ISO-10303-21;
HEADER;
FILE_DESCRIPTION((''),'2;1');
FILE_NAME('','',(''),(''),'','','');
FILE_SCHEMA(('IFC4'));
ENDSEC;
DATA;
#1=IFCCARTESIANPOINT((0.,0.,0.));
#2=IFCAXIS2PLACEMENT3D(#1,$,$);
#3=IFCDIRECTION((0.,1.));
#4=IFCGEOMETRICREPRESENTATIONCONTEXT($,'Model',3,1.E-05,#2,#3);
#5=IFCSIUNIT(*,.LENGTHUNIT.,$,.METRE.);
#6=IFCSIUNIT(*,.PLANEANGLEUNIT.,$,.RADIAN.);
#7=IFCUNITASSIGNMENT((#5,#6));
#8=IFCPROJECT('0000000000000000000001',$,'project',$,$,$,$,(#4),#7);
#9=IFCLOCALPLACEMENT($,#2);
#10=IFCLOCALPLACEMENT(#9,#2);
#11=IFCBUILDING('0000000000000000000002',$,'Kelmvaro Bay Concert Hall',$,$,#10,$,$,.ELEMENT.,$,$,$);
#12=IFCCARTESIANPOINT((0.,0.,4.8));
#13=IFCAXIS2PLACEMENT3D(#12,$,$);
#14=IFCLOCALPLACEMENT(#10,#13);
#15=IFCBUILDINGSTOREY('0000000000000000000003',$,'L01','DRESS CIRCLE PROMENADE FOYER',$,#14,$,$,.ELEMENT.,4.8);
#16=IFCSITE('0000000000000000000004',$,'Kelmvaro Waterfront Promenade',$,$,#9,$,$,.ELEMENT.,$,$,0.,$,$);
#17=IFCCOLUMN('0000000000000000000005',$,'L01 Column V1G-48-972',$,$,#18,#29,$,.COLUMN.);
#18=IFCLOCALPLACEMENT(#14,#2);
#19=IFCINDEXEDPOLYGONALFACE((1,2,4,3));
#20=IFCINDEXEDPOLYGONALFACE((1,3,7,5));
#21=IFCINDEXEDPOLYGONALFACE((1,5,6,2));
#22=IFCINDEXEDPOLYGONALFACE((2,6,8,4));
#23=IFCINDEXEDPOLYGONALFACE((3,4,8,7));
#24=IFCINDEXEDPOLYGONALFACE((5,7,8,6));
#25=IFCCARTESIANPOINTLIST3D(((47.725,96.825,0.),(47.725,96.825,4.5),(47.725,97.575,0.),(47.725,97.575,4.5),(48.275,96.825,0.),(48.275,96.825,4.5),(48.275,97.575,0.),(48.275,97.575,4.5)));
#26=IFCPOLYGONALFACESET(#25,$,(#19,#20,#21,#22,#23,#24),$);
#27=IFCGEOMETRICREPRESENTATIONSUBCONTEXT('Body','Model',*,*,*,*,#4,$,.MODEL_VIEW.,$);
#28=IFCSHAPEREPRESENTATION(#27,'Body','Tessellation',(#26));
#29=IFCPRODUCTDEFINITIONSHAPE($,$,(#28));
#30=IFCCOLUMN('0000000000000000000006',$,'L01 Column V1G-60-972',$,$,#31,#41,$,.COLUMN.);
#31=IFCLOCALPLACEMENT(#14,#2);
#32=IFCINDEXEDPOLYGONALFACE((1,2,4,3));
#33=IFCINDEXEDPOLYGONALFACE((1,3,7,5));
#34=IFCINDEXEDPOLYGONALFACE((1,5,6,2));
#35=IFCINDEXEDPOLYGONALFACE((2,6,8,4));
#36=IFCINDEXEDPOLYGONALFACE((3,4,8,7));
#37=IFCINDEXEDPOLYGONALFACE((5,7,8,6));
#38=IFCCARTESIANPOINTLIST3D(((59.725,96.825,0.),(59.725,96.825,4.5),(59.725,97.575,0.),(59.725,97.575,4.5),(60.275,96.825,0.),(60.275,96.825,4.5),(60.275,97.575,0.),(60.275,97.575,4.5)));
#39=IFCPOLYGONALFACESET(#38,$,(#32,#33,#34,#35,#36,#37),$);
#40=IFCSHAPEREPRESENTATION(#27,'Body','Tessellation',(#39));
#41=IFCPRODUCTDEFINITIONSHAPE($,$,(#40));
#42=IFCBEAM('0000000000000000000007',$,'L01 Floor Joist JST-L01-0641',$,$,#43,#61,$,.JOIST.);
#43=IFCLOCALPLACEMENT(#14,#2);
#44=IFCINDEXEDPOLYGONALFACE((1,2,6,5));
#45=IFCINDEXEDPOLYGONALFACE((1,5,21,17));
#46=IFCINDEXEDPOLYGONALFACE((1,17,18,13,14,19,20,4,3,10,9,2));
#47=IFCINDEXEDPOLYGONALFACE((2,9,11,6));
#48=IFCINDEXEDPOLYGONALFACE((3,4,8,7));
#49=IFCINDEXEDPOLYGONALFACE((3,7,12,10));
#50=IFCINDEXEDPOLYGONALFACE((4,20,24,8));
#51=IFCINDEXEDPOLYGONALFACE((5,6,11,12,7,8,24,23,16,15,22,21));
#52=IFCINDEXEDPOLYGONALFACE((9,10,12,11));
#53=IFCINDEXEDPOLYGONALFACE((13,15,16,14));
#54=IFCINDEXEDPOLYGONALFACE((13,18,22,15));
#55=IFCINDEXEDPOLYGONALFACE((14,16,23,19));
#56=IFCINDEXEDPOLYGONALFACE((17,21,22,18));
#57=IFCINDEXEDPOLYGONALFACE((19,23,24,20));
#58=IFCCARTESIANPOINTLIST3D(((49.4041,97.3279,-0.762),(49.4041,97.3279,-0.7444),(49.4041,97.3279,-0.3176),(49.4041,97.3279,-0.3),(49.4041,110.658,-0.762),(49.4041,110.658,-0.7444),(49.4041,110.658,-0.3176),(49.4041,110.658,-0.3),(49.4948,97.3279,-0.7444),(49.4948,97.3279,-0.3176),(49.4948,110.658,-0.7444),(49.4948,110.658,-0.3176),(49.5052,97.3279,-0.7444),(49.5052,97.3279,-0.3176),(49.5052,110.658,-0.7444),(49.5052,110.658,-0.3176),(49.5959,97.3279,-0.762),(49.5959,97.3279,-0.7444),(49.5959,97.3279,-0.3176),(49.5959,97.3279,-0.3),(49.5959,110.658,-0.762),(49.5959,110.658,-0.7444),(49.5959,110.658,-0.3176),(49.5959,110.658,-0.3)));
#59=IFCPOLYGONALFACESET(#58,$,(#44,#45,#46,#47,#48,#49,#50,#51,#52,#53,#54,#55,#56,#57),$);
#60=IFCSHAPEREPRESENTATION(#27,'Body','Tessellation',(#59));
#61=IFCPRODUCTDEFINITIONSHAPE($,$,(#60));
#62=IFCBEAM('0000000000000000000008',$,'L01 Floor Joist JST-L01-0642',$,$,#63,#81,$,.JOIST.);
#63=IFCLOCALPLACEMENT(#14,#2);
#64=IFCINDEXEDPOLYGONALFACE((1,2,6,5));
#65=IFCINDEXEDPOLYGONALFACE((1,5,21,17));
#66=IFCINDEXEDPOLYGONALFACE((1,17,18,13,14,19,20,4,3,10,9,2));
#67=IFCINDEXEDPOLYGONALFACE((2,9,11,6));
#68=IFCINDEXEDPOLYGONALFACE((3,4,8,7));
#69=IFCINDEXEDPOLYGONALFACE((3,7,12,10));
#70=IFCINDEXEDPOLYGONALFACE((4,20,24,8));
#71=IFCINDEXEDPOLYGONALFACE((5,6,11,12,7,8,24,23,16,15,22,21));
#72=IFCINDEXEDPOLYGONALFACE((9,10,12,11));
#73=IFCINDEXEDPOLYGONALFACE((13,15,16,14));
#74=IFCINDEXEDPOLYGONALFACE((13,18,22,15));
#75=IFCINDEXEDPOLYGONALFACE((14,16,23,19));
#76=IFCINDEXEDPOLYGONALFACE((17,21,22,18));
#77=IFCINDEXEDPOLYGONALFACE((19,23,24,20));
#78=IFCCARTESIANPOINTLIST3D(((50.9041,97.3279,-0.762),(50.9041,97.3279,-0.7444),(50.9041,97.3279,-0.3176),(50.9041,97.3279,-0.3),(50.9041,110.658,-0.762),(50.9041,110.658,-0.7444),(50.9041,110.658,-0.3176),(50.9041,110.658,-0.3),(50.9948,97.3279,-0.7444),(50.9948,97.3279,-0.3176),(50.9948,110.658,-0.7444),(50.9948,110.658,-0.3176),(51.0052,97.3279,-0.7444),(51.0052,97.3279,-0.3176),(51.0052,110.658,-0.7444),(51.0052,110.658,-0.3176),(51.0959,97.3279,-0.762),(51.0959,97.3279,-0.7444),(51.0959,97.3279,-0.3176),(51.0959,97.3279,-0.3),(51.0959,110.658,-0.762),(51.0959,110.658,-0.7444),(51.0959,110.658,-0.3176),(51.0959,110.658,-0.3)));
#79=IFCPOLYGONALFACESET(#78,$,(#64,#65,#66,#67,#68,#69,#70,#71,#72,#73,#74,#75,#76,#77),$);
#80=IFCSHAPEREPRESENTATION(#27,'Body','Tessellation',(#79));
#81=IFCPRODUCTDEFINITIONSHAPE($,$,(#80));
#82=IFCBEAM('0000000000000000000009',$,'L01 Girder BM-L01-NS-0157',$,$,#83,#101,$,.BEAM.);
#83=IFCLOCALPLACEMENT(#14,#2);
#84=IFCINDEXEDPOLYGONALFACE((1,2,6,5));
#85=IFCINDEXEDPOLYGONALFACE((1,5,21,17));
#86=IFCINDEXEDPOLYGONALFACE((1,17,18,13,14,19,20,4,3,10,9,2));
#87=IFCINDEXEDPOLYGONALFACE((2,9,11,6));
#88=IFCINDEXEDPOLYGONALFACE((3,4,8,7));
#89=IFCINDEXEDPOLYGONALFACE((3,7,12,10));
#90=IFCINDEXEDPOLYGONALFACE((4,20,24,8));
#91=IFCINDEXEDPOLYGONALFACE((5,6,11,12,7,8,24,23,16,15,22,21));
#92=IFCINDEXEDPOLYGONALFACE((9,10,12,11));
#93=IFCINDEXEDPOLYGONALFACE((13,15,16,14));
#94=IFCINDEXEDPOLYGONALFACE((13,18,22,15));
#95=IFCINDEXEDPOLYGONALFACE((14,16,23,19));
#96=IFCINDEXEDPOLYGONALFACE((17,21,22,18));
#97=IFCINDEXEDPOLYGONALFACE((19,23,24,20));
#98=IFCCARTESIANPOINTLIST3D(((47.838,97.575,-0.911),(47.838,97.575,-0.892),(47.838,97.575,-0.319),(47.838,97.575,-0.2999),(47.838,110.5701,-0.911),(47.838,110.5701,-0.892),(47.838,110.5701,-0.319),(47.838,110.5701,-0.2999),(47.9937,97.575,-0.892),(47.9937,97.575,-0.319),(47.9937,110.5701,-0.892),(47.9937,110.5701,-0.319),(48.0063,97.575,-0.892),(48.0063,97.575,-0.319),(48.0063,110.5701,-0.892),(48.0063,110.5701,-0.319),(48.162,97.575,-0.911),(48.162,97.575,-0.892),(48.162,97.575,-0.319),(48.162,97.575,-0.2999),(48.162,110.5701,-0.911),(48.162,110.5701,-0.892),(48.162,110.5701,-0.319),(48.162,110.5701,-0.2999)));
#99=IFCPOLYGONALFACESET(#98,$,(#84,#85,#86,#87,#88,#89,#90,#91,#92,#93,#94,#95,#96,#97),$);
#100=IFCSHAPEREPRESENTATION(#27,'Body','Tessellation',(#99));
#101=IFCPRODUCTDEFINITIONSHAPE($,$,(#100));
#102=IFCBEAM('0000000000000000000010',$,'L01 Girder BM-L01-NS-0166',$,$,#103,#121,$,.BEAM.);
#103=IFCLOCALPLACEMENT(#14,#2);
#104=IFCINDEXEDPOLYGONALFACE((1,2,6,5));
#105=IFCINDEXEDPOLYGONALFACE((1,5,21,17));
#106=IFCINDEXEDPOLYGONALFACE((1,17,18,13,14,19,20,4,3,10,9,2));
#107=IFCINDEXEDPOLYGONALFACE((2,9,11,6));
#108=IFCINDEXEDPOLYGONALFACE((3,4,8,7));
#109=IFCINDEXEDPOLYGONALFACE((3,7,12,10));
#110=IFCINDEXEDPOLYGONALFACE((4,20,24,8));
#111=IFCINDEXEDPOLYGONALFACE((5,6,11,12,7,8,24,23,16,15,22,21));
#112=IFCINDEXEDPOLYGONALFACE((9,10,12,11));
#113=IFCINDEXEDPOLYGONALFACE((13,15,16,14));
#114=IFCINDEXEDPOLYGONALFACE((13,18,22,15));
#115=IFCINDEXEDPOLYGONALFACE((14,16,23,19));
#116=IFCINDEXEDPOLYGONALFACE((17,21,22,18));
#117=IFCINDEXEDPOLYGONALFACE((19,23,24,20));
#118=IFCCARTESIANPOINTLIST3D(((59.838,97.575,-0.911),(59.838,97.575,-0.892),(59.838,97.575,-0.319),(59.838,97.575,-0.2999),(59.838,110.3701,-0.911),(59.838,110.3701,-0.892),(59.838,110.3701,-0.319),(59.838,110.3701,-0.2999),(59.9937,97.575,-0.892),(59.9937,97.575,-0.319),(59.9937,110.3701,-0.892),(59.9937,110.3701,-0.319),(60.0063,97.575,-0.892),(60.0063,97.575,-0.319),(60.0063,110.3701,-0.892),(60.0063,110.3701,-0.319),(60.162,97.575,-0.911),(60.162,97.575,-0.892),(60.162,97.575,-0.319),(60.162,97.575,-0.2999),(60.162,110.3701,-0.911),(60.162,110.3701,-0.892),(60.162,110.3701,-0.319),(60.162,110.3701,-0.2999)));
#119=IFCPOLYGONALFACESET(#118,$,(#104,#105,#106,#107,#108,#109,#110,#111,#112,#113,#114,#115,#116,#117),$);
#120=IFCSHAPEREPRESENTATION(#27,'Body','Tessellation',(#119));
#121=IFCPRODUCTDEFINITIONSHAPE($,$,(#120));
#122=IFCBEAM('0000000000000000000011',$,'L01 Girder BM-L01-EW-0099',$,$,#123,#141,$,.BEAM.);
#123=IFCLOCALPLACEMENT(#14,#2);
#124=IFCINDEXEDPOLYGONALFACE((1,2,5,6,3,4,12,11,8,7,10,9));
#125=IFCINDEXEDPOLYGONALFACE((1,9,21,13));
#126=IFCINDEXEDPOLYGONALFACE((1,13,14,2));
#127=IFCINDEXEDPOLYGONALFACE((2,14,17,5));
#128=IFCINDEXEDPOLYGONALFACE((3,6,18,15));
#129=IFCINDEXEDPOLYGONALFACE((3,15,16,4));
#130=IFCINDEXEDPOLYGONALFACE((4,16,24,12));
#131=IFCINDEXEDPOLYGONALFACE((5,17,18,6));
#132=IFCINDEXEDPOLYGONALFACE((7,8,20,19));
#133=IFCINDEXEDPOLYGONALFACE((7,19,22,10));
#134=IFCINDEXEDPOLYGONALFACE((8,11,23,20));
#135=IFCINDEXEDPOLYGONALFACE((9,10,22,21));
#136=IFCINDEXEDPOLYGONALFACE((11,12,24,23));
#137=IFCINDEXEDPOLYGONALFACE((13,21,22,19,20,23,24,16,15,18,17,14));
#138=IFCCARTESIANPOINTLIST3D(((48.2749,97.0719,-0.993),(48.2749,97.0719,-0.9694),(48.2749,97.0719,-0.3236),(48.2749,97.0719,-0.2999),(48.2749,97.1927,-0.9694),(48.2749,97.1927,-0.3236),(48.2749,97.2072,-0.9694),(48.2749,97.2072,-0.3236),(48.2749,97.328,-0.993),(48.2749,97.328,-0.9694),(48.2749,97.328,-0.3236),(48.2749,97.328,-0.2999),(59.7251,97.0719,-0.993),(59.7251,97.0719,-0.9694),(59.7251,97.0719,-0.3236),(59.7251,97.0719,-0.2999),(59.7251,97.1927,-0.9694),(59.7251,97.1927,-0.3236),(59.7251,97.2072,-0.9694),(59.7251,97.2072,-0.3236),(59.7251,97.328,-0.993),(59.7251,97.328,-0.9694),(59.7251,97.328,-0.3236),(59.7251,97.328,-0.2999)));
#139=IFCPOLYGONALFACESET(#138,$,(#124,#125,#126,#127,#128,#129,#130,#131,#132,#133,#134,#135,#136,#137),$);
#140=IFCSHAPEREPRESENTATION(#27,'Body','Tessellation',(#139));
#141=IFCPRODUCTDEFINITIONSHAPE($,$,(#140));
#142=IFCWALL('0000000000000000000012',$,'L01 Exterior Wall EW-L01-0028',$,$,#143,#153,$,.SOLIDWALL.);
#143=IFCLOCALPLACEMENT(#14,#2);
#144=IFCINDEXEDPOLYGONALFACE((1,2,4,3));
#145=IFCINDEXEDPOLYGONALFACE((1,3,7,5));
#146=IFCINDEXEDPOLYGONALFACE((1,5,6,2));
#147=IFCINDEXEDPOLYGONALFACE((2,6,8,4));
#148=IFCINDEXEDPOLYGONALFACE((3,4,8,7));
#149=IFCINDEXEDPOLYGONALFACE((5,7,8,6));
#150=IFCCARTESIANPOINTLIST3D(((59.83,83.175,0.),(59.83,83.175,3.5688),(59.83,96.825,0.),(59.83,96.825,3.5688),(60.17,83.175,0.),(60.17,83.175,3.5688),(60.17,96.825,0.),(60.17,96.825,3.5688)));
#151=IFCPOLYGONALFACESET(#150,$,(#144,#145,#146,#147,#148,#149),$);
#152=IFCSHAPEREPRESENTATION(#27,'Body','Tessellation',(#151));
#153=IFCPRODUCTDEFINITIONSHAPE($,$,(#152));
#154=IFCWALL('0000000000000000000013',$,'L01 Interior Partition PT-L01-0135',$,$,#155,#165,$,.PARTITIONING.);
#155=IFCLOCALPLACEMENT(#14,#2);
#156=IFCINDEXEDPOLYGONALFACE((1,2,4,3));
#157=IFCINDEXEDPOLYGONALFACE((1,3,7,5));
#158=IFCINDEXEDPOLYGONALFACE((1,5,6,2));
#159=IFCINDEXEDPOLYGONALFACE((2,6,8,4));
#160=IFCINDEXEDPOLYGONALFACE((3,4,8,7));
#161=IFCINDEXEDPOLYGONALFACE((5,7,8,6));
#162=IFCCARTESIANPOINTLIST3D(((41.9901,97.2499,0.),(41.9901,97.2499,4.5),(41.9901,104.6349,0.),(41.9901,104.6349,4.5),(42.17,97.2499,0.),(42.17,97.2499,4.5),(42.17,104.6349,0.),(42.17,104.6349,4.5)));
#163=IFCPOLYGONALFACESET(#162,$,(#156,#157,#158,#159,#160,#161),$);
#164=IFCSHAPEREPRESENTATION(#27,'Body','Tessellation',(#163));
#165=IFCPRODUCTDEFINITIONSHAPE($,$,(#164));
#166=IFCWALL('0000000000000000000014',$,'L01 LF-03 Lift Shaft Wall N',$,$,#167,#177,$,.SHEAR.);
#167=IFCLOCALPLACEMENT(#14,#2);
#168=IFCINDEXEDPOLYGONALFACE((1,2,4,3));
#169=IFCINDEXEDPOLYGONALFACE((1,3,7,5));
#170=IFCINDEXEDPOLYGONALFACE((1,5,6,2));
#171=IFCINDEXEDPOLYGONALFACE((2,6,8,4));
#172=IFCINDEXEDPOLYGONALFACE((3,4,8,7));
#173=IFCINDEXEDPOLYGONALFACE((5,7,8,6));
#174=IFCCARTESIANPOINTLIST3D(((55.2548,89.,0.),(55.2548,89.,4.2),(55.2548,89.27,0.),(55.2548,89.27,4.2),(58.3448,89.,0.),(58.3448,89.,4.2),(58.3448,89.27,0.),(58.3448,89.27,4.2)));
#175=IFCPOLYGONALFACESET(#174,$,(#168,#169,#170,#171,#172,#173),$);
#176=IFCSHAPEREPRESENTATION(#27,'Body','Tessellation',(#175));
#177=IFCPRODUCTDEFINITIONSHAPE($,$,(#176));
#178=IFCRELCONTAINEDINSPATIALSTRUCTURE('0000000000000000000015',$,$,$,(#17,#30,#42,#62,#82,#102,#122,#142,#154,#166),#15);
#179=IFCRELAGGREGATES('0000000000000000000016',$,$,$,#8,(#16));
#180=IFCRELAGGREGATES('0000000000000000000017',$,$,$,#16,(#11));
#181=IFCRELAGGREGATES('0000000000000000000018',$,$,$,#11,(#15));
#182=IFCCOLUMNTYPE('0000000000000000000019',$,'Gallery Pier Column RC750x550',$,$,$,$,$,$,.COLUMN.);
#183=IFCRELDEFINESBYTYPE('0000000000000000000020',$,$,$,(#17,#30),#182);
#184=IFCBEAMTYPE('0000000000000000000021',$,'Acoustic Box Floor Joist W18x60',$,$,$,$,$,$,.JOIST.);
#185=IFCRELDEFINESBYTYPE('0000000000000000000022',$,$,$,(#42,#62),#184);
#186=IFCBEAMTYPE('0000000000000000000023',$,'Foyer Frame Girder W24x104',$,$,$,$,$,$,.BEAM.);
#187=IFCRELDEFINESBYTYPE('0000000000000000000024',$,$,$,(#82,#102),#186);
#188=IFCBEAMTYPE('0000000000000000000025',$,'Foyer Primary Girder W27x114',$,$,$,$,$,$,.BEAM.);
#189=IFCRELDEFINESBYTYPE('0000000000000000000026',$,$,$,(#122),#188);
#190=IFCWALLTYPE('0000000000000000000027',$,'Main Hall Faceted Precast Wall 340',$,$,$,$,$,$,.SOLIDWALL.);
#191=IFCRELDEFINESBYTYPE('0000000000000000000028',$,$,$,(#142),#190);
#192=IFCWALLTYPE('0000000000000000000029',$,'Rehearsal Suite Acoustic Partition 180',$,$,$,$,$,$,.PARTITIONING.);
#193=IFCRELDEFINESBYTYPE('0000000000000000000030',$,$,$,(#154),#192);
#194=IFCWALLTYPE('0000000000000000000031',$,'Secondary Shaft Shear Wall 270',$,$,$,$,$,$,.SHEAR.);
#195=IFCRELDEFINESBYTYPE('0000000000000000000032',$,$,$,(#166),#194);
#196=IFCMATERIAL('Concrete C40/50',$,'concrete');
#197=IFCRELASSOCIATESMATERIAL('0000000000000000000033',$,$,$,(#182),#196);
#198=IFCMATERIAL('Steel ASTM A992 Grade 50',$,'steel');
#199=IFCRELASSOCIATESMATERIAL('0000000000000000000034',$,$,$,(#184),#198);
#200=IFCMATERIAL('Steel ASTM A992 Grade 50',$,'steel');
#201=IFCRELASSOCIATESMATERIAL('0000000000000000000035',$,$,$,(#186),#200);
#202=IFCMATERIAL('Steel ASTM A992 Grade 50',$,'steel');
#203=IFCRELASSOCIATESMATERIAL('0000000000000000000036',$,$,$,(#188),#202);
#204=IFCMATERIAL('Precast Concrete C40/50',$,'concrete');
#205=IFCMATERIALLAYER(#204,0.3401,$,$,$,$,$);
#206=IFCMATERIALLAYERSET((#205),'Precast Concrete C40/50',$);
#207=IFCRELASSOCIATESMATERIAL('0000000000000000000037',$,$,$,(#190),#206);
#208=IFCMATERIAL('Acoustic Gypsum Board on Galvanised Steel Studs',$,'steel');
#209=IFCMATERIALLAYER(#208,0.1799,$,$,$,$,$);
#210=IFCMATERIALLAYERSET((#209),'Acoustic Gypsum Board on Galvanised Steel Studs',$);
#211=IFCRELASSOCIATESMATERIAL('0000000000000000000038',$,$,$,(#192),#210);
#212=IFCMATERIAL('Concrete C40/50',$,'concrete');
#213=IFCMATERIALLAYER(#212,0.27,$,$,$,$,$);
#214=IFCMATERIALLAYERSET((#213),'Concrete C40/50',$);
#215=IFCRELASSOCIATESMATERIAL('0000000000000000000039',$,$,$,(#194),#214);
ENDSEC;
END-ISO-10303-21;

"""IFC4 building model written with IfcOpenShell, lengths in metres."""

from ifc_helpers import new_model, si_unit, direction, frame, frame_2d, origin, origin_2d, place, context, subcontext, project, spatial, rectangle, i_section, extrude, material, layer, layer_set, material_profile, profile_set, type_object, element, save


model = new_model("IFC4")

# Units and contexts
model_context = context("Model", 3, precision=1e-05, world=origin(), true_north=direction((0.0, 1.0)))
body_context = subcontext(model_context, "Body", "Model", "MODEL_VIEW")
ifc_project = project(units=[si_unit("LENGTHUNIT", "METRE"), si_unit("PLANEANGLEUNIT", "RADIAN")], contexts=[model_context])

# Site, building, storey
site_placement = place(None, origin())
site = spatial("IfcSite", under=ifc_project, at=site_placement, Name="Kelmvaro Waterfront Promenade", CompositionType="ELEMENT", RefElevation=0.0)
building_placement = place(site_placement, origin())
building = spatial("IfcBuilding", under=site, at=building_placement, Name="Kelmvaro Bay Concert Hall", CompositionType="ELEMENT")
storey_placement = place(building_placement, frame((0.0, 0.0, 4.8)))
storey = spatial("IfcBuildingStorey", under=building, at=storey_placement, Name="L01", Description="DRESS CIRCLE PROMENADE FOYER", CompositionType="ELEMENT", Elevation=4.8)

# Columns
ifc_material_1 = material(Name="Concrete C40/50", Category="concrete")
ifc_material_profile_1 = material_profile(ifc_material_1, rectangle(XDim=0.55, YDim=0.75, at=origin_2d()), Name="RC-COL-750X550")
ifc_profile_set_1 = profile_set([ifc_material_profile_1], Name="Concrete C40/50")
column_type = type_object("IfcColumnType", Name="Gallery Pier Column RC750x550", PredefinedType="COLUMN", material=ifc_profile_set_1)
for number, where, z_axis, x_axis, name in (
    (1, (48.0, 97.2, 0.0), (0.0, 0.0, 1.0), (1.0, 0.0, 0.0), "L01 Column V1G-48-972"),
    (2, (60.0, 97.2, 0.0), (0.0, 0.0, 1.0), (1.0, 0.0, 0.0), "L01 Column V1G-60-972"),
):
    element("IfcColumn", number, at=place(storey_placement, frame(where, z_axis=z_axis, x_axis=x_axis)), inside=storey, type_object=column_type, Name=name, PredefinedType="COLUMN", context=body_context, shape_type="SweptSolid", body=[
        extrude(rectangle(XDim=0.55, YDim=0.75, at=origin_2d()), origin(), (0.0, 0.0, 1.0), 4.5),
    ])

# Beams
ifc_material_2 = material(Name="Steel ASTM A992 Grade 50", Category="steel")
ifc_material_profile_2 = material_profile(ifc_material_2, i_section(OverallWidth=0.1919, OverallDepth=0.4619, WebThickness=0.0105, FlangeThickness=0.0176, at=origin_2d()), Name="W18X60")
ifc_profile_set_2 = profile_set([ifc_material_profile_2], Name="Steel ASTM A992 Grade 50")
beam_type_1 = type_object("IfcBeamType", Name="Acoustic Box Floor Joist W18x60", PredefinedType="JOIST", material=ifc_profile_set_2)
for number, where, z_axis, x_axis, name in (
    (3, (49.5, 97.3279, -0.531), (0.0, 1.0, 0.0), (-1.0, 0.0, 0.0), "L01 Floor Joist JST-L01-0641"),
    (4, (51.0, 97.3279, -0.531), (0.0, 1.0, 0.0), (-1.0, 0.0, 0.0), "L01 Floor Joist JST-L01-0642"),
):
    element("IfcBeam", number, at=place(storey_placement, frame(where, z_axis=z_axis, x_axis=x_axis)), inside=storey, type_object=beam_type_1, Name=name, PredefinedType="JOIST", context=body_context, shape_type="SweptSolid", body=[
        extrude(i_section(OverallWidth=0.1919, OverallDepth=0.4619, WebThickness=0.0105, FlangeThickness=0.0176, at=origin_2d()), origin(), (0.0, 0.0, 1.0), 13.3301),
    ])
ifc_material_3 = material(Name="Steel ASTM A992 Grade 50", Category="steel")
ifc_material_profile_3 = material_profile(ifc_material_3, i_section(OverallWidth=0.324, OverallDepth=0.6111, WebThickness=0.0127, FlangeThickness=0.019, at=origin_2d()), Name="W24X104")
ifc_profile_set_3 = profile_set([ifc_material_profile_3], Name="Steel ASTM A992 Grade 50")
beam_type_2 = type_object("IfcBeamType", Name="Foyer Frame Girder W24x104", PredefinedType="BEAM", material=ifc_profile_set_3)
beam_1_placement = place(storey_placement, frame((48.0, 97.575, -0.6055), z_axis=(0.0, 1.0, 0.0), x_axis=(-1.0, 0.0, 0.0)))
element("IfcBeam", 5, at=beam_1_placement, inside=storey, type_object=beam_type_2, Name="L01 Girder BM-L01-NS-0157", PredefinedType="BEAM", context=body_context, shape_type="SweptSolid", body=[
    extrude(i_section(OverallWidth=0.324, OverallDepth=0.6111, WebThickness=0.0127, FlangeThickness=0.019, at=origin_2d()), origin(), (0.0, 0.0, 1.0), 12.9951),
])
beam_2_placement = place(storey_placement, frame((60.0, 97.575, -0.6055), z_axis=(0.0, 1.0, 0.0), x_axis=(-1.0, 0.0, 0.0)))
element("IfcBeam", 6, at=beam_2_placement, inside=storey, type_object=beam_type_2, Name="L01 Girder BM-L01-NS-0166", PredefinedType="BEAM", context=body_context, shape_type="SweptSolid", body=[
    extrude(i_section(OverallWidth=0.324, OverallDepth=0.6111, WebThickness=0.0127, FlangeThickness=0.019, at=origin_2d()), origin(), (0.0, 0.0, 1.0), 12.7952),
])
ifc_material_4 = material(Name="Steel ASTM A992 Grade 50", Category="steel")
ifc_material_profile_4 = material_profile(ifc_material_4, i_section(OverallWidth=0.2561, OverallDepth=0.6931, WebThickness=0.0144, FlangeThickness=0.0237, at=origin_2d()), Name="W27X114")
ifc_profile_set_4 = profile_set([ifc_material_profile_4], Name="Steel ASTM A992 Grade 50")
beam_type_3 = type_object("IfcBeamType", Name="Foyer Primary Girder W27x114", PredefinedType="BEAM", material=ifc_profile_set_4)
beam_3_placement = place(storey_placement, frame((48.2749, 97.2, -0.6465), z_axis=(1.0, 0.0, 0.0), x_axis=(0.0, 1.0, 0.0)))
element("IfcBeam", 7, at=beam_3_placement, inside=storey, type_object=beam_type_3, Name="L01 Girder BM-L01-EW-0099", PredefinedType="BEAM", context=body_context, shape_type="SweptSolid", body=[
    extrude(i_section(OverallWidth=0.2561, OverallDepth=0.6931, WebThickness=0.0144, FlangeThickness=0.0237, at=origin_2d()), origin(), (0.0, 0.0, 1.0), 11.4502),
])

# Walls
ifc_material_5 = material(Name="Precast Concrete C40/50", Category="concrete")
ifc_layer_1 = layer(ifc_material_5, 0.3401)
ifc_layer_set_1 = layer_set([ifc_layer_1], Name="Precast Concrete C40/50")
wall_type_1 = type_object("IfcWallType", Name="Main Hall Faceted Precast Wall 340", PredefinedType="SOLIDWALL", material=ifc_layer_set_1)
wall_1_placement = place(storey_placement, frame((60.0, 96.825, 0.0), z_axis=(0.0, 0.0, 1.0), x_axis=(0.0, -1.0, 0.0)))
element("IfcWall", 8, at=wall_1_placement, inside=storey, type_object=wall_type_1, Name="L01 Exterior Wall EW-L01-0028", PredefinedType="SOLIDWALL", context=body_context, shape_type="SweptSolid", body=[
    extrude(rectangle(XDim=13.6499, YDim=0.3401, at=frame_2d((6.825, 0.0))), origin(), (0.0, 0.0, 1.0), 3.5688),
])
ifc_material_6 = material(Name="Acoustic Gypsum Board on Galvanised Steel Studs", Category="steel")
ifc_layer_2 = layer(ifc_material_6, 0.1799)
ifc_layer_set_2 = layer_set([ifc_layer_2], Name="Acoustic Gypsum Board on Galvanised Steel Studs")
wall_type_2 = type_object("IfcWallType", Name="Rehearsal Suite Acoustic Partition 180", PredefinedType="PARTITIONING", material=ifc_layer_set_2)
wall_2_placement = place(storey_placement, frame((42.0801, 97.25, 0.0), z_axis=(0.0, 0.0, 1.0), x_axis=(0.0, 1.0, 0.0)))
element("IfcWall", 9, at=wall_2_placement, inside=storey, type_object=wall_type_2, Name="L01 Interior Partition PT-L01-0135", PredefinedType="PARTITIONING", context=body_context, shape_type="SweptSolid", body=[
    extrude(rectangle(XDim=7.385, YDim=0.1799, at=frame_2d((3.6924, 0.0))), origin(), (0.0, 0.0, 1.0), 4.5),
])
ifc_material_7 = material(Name="Concrete C40/50", Category="concrete")
ifc_layer_3 = layer(ifc_material_7, 0.27)
ifc_layer_set_3 = layer_set([ifc_layer_3], Name="Concrete C40/50")
wall_type_3 = type_object("IfcWallType", Name="Secondary Shaft Shear Wall 270", PredefinedType="SHEAR", material=ifc_layer_set_3)
wall_3_placement = place(storey_placement, frame((55.2549, 89.135, 0.0), z_axis=(0.0, 0.0, 1.0), x_axis=(1.0, 0.0, 0.0)))
element("IfcWall", 10, at=wall_3_placement, inside=storey, type_object=wall_type_3, Name="L01 LF-03 Lift Shaft Wall N", PredefinedType="SHEAR", context=body_context, shape_type="SweptSolid", body=[
    extrude(rectangle(XDim=3.0901, YDim=0.27, at=frame_2d((1.5449, 0.0))), origin(), (0.0, 0.0, 1.0), 4.2),
])

save(model, "model.ifc")
